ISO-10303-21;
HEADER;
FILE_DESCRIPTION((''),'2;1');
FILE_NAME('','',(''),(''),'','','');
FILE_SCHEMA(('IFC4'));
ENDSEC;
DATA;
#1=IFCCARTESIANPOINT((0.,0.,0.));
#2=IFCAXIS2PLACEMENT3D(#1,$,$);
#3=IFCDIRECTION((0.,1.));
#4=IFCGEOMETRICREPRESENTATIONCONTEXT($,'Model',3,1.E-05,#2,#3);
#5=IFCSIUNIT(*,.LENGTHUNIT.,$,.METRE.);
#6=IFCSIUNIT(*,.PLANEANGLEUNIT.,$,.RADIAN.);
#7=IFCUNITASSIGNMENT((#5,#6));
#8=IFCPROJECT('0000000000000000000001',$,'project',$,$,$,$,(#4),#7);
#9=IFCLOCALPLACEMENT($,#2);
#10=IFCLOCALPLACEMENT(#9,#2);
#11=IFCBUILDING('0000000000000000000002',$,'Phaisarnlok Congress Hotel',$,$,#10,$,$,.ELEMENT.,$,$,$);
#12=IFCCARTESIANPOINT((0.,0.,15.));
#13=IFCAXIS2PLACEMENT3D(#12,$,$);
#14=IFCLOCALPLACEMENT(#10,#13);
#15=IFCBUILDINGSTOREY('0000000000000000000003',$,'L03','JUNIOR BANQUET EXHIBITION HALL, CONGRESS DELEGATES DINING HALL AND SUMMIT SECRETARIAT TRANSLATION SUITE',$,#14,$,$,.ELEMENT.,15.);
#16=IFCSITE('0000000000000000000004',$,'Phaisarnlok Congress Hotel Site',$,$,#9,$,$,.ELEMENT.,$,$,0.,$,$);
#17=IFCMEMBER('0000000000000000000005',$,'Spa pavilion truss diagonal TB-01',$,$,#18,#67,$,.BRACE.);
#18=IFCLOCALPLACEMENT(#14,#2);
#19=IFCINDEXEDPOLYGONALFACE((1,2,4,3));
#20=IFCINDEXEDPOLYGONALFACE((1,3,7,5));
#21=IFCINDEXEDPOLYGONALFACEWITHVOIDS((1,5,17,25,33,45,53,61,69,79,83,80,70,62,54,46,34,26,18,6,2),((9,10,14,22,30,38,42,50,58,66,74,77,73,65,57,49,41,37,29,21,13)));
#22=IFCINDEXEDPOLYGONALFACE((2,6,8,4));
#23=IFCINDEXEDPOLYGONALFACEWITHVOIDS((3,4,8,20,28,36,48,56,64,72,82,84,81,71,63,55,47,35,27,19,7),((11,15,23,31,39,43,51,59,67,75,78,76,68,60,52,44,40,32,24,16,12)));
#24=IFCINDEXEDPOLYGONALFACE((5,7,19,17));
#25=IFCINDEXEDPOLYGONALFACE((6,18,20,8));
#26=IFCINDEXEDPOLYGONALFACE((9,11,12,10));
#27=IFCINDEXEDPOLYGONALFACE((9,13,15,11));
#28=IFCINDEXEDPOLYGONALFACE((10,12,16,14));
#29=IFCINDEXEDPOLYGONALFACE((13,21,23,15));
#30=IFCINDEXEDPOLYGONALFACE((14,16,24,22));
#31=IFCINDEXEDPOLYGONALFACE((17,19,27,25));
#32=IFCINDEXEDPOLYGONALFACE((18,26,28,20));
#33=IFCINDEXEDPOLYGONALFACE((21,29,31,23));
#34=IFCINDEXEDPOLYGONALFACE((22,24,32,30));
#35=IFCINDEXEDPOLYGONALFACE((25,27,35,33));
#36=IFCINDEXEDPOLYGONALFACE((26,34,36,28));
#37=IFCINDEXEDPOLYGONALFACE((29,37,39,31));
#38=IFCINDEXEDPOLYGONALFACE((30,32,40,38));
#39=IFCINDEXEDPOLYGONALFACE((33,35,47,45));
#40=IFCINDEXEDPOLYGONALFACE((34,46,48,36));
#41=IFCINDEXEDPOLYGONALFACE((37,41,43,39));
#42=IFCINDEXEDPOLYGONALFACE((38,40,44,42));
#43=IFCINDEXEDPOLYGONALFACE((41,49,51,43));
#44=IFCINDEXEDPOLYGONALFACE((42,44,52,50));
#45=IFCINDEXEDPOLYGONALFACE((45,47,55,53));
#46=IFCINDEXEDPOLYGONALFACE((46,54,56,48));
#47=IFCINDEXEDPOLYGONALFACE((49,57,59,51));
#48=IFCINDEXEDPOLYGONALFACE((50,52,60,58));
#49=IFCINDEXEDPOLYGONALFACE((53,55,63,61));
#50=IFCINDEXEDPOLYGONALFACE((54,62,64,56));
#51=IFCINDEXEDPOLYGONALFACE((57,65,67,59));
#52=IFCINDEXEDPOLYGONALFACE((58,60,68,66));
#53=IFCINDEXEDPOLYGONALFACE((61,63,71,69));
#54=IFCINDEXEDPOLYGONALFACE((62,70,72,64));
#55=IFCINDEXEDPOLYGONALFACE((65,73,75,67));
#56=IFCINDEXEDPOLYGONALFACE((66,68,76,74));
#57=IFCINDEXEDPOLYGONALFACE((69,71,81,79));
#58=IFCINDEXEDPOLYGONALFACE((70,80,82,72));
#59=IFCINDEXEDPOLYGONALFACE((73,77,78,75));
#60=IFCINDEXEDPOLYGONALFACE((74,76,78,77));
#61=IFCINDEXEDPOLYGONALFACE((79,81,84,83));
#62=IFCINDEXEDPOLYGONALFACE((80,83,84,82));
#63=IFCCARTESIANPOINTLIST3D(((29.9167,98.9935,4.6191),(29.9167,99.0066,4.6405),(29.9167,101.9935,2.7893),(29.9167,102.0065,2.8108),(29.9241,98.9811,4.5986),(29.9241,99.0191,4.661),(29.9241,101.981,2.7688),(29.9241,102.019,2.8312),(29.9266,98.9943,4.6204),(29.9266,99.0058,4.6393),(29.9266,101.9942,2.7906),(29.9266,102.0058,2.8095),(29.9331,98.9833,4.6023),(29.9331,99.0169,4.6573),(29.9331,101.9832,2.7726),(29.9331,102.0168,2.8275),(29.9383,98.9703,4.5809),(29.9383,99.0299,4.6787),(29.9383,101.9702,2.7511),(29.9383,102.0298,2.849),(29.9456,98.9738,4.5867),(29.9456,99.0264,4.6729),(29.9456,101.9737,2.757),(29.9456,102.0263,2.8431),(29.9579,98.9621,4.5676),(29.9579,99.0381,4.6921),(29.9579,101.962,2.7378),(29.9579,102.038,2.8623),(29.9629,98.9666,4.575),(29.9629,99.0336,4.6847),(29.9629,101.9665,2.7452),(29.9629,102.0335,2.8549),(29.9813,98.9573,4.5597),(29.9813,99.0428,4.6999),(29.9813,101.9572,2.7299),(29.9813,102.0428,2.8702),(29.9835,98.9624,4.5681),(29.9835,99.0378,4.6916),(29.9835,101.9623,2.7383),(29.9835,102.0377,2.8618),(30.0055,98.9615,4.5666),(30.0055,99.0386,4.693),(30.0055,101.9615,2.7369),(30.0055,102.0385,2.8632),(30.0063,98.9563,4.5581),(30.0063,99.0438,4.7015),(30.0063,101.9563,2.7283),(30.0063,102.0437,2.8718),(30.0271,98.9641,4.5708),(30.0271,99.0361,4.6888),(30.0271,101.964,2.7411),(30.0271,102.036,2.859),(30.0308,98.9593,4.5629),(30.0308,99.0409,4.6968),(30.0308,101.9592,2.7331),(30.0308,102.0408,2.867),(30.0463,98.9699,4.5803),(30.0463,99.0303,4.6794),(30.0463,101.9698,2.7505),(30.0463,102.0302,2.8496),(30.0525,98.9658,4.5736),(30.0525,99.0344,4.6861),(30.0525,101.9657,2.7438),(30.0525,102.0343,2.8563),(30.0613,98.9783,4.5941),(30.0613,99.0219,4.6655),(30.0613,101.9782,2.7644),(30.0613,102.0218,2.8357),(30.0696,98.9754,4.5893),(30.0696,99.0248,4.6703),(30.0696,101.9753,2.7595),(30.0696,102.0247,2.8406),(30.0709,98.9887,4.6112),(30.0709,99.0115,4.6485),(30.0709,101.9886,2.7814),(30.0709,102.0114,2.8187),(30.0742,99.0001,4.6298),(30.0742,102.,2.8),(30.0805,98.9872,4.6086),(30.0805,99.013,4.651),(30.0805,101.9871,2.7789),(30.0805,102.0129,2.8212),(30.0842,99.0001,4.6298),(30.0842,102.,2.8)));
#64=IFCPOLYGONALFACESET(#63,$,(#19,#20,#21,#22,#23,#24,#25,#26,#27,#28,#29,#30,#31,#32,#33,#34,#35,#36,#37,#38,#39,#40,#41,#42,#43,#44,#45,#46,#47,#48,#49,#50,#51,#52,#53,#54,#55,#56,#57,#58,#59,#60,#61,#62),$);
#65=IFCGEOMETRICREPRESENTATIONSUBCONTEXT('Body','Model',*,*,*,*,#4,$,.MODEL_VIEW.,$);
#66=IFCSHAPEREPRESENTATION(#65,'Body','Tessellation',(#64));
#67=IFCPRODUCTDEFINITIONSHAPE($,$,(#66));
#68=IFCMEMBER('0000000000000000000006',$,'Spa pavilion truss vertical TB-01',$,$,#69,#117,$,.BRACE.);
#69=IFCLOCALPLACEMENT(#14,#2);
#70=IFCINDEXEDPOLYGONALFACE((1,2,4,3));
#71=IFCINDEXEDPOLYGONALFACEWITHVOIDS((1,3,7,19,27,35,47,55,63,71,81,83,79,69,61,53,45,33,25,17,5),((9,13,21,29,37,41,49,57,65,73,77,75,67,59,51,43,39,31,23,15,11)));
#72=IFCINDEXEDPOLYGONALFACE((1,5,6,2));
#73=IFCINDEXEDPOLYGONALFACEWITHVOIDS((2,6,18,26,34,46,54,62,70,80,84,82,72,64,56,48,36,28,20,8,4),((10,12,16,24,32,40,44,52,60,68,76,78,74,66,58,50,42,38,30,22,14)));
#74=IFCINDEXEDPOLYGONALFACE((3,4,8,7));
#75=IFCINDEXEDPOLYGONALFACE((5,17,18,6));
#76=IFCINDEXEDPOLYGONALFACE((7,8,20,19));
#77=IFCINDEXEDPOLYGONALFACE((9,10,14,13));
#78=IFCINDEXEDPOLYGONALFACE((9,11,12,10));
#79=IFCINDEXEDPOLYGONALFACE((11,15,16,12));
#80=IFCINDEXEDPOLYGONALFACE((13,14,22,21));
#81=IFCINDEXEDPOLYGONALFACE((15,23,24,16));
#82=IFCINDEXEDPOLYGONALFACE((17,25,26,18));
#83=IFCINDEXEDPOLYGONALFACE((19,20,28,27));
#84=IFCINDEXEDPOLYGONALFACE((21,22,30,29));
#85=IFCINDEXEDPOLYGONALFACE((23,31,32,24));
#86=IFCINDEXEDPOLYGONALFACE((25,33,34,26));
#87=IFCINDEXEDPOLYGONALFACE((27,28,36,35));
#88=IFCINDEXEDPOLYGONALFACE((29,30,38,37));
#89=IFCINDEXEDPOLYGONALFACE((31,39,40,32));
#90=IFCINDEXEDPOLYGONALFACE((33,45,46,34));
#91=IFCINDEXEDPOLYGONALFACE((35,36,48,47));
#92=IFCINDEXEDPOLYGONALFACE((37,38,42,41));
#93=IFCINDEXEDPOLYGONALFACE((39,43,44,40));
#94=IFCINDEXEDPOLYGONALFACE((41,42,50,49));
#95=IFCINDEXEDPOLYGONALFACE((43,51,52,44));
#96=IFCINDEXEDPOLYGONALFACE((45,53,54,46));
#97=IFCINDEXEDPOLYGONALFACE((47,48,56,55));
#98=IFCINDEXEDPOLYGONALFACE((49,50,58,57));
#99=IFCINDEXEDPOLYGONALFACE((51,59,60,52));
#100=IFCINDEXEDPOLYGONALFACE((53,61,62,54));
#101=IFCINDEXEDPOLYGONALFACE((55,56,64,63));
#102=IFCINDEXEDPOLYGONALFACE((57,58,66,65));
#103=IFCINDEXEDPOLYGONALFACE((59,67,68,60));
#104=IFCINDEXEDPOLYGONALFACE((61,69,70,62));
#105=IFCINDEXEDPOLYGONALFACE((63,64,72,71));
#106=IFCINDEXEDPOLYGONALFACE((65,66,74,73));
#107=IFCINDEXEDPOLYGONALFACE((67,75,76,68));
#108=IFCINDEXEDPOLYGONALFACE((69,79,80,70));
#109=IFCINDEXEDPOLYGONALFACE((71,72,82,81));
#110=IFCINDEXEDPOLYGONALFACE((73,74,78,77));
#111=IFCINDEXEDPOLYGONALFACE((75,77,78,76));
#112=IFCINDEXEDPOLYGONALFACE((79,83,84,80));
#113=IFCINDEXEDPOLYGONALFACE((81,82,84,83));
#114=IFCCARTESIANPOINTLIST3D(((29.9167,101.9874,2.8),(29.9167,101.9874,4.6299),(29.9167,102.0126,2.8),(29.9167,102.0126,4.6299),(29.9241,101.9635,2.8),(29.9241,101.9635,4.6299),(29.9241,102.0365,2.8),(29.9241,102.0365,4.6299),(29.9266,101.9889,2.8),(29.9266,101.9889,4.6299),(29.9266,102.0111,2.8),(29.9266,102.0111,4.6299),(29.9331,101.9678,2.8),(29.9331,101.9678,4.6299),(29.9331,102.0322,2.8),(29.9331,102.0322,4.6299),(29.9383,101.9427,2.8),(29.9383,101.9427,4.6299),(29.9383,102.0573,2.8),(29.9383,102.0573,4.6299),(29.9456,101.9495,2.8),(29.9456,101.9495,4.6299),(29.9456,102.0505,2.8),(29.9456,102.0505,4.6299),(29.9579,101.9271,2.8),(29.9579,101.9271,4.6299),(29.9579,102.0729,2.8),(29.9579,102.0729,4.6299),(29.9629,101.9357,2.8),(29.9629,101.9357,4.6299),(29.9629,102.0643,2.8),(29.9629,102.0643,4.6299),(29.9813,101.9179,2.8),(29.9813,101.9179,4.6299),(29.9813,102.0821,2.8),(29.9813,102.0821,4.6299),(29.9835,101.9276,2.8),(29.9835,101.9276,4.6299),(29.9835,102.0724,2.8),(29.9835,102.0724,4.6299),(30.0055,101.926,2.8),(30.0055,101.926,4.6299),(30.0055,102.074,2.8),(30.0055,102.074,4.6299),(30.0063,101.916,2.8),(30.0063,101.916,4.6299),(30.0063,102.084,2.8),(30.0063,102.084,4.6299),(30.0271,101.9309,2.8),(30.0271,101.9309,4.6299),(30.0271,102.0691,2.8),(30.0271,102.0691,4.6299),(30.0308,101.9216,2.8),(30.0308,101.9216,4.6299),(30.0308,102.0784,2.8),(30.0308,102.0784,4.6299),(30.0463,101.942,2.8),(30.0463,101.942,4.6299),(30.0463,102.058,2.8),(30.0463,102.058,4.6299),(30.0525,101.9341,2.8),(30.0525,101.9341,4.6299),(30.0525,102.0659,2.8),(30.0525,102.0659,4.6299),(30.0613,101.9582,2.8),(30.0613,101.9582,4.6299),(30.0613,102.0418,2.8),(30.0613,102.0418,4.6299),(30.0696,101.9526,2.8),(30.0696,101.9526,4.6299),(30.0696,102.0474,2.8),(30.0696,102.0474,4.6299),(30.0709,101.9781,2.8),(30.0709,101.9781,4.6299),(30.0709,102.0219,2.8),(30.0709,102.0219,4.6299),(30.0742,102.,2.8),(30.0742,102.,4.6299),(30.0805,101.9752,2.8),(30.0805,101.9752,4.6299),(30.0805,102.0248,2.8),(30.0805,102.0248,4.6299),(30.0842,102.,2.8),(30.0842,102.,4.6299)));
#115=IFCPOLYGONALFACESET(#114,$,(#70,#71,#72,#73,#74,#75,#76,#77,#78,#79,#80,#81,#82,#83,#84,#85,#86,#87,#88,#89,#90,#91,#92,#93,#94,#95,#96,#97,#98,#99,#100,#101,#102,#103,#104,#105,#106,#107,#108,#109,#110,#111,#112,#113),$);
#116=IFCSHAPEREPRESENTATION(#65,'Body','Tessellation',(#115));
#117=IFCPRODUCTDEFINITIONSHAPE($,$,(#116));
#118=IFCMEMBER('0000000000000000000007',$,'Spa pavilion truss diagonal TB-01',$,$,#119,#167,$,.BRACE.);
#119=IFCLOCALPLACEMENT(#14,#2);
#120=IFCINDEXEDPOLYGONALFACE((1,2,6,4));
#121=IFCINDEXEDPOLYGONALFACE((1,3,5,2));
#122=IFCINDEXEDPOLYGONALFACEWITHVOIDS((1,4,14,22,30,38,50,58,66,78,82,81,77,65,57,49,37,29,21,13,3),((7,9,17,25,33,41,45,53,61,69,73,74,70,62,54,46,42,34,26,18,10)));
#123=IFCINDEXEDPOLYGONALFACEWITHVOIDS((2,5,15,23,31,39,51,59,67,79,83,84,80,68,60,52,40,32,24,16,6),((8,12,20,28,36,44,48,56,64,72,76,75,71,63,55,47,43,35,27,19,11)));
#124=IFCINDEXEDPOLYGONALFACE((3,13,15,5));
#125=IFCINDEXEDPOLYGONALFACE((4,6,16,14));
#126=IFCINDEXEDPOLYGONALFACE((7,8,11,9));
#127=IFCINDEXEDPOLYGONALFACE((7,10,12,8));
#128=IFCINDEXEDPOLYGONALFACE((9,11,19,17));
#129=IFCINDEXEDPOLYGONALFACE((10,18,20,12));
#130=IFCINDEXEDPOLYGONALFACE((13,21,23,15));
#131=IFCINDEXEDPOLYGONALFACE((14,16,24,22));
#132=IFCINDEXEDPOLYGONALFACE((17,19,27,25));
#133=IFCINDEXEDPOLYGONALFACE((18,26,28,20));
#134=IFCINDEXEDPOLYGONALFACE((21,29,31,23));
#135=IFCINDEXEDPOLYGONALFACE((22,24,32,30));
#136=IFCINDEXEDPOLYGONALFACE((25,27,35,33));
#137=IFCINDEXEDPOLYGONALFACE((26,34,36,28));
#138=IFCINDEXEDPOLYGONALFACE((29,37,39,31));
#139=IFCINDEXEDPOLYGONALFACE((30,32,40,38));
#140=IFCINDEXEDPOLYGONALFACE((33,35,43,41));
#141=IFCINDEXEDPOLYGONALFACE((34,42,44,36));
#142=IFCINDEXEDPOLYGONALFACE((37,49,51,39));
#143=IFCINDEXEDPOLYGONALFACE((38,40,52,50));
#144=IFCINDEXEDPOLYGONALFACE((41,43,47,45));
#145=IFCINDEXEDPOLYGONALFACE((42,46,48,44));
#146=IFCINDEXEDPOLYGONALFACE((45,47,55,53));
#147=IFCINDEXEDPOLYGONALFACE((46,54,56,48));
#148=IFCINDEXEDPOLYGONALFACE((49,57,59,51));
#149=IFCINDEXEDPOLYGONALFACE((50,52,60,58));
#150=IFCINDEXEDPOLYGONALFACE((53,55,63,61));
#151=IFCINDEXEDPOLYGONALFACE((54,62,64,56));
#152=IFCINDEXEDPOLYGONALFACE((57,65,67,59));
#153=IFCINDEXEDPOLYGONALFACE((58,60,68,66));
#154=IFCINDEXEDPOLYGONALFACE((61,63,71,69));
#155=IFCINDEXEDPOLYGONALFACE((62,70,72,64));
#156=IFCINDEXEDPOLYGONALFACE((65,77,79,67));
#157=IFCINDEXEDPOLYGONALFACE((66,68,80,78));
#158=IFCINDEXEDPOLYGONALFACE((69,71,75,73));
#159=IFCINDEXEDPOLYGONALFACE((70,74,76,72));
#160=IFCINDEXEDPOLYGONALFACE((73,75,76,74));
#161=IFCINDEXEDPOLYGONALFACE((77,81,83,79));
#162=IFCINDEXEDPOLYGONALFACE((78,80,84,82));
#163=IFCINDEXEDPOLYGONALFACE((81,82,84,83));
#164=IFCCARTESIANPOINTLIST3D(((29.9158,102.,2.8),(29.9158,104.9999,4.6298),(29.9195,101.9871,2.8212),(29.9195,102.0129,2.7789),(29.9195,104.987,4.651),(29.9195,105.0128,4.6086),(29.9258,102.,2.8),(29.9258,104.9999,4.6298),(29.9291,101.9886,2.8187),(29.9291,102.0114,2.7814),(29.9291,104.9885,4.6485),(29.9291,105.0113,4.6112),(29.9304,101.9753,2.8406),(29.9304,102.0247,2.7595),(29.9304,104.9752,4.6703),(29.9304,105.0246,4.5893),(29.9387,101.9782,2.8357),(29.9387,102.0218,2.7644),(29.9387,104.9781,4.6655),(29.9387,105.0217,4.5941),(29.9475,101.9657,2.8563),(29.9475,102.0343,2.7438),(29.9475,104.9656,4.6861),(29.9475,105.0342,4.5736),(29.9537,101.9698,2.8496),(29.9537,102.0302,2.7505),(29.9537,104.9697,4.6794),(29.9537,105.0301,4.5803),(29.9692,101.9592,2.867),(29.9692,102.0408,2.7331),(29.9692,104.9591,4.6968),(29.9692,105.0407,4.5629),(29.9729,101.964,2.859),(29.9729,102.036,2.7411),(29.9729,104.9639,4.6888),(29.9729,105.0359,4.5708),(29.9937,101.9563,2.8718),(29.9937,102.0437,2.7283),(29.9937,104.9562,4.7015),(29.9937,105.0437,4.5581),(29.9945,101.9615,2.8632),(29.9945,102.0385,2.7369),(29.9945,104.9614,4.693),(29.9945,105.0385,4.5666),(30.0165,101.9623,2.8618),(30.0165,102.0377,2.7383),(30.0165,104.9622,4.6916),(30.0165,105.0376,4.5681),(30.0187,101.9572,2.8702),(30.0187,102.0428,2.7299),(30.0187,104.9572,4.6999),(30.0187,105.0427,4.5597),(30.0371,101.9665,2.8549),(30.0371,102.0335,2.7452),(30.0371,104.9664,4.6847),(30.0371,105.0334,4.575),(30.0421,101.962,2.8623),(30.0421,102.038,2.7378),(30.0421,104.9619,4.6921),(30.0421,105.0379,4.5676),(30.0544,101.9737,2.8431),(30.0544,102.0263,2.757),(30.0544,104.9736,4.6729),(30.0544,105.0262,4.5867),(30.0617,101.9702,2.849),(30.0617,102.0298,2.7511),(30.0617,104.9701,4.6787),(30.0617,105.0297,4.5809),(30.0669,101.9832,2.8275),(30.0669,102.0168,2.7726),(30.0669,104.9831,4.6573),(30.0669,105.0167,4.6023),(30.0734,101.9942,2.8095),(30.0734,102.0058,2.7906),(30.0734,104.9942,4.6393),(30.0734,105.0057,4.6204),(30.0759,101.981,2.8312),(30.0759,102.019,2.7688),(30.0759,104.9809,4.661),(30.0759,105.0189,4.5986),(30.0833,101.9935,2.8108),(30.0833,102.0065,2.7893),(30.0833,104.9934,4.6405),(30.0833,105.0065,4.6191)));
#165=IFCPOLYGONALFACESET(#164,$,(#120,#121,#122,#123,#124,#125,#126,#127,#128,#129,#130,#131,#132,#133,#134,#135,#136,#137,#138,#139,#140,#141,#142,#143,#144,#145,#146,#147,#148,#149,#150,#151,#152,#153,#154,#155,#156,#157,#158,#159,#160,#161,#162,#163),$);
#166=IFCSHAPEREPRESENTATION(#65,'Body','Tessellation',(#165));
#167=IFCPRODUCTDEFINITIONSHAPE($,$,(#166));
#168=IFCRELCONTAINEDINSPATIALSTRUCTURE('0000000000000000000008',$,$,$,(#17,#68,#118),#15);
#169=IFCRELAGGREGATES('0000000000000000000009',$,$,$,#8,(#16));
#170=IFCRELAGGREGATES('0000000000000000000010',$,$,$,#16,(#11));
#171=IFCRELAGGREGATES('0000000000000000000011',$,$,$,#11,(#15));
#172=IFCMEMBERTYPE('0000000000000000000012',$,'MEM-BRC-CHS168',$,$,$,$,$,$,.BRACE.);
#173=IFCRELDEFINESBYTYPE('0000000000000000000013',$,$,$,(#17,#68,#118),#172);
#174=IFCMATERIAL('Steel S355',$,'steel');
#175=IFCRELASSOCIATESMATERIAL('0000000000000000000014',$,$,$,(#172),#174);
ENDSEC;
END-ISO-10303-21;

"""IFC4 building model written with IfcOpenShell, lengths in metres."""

from ifc_helpers import new_model, si_unit, direction, frame, origin, origin_2d, place, context, subcontext, project, spatial, hollow_circle, extrude, material, material_profile, profile_set, type_object, element, save


model = new_model("IFC4")

# Units and contexts
model_context = context("Model", 3, precision=1e-05, world=origin(), true_north=direction((0.0, 1.0)))
body_context = subcontext(model_context, "Body", "Model", "MODEL_VIEW")
ifc_project = project(units=[si_unit("LENGTHUNIT", "METRE"), si_unit("PLANEANGLEUNIT", "RADIAN")], contexts=[model_context])

# Site, building, storey
site_placement = place(None, origin())
site = spatial("IfcSite", under=ifc_project, at=site_placement, Name="Phaisarnlok Congress Hotel Site", CompositionType="ELEMENT", RefElevation=0.0)
building_placement = place(site_placement, origin())
building = spatial("IfcBuilding", under=site, at=building_placement, Name="Phaisarnlok Congress Hotel", CompositionType="ELEMENT")
storey_placement = place(building_placement, frame((0.0, 0.0, 15.0)))
storey = spatial("IfcBuildingStorey", under=building, at=storey_placement, Name="L03", Description="JUNIOR BANQUET EXHIBITION HALL, CONGRESS DELEGATES DINING HALL AND SUMMIT SECRETARIAT TRANSLATION SUITE", CompositionType="ELEMENT", Elevation=15.0)

# Members
ifc_material = material(Name="Steel S355", Category="steel")
ifc_material_profile_1 = material_profile(ifc_material, hollow_circle(Radius=0.0842, WallThickness=0.01, at=origin_2d()), Name="CHS 168.3x10")
ifc_profile_set_1 = profile_set([ifc_material_profile_1], Name="Steel S355")
member_type_1 = type_object("IfcMemberType", Name="MEM-BRC-CHS168", PredefinedType="BRACE", material=ifc_profile_set_1)
for number, where, z_axis, x_axis, name in (
    (1, (30.0, 102.0, 2.8), (0.0, -0.853725, 0.520725), (1.0, 0.0, 0.0), "Spa pavilion truss diagonal TB-01"),
):
    element("IfcMember", number, at=place(storey_placement, frame(where, z_axis=z_axis, x_axis=x_axis)), inside=storey, type_object=member_type_1, Name=name, PredefinedType="BRACE", context=body_context, shape_type="SweptSolid", body=[
        extrude(hollow_circle(Radius=0.0842, WallThickness=0.01, at=origin_2d()), origin(), (0.0, 0.0, 1.0), 3.5139),
    ])
member_1_placement = place(storey_placement, frame((30.0, 102.0, 2.8), z_axis=(0.0, 0.0, 1.0), x_axis=(1.0, 0.0, 0.0)))
element("IfcMember", 2, at=member_1_placement, inside=storey, type_object=member_type_1, Name="Spa pavilion truss vertical TB-01", PredefinedType="BRACE", context=body_context, shape_type="SweptSolid", body=[
    extrude(hollow_circle(Radius=0.0842, WallThickness=0.01, at=origin_2d()), origin(), (0.0, 0.0, 1.0), 1.8298),
])
member_2_placement = place(storey_placement, frame((30.0, 102.0, 2.8), z_axis=(0.0, 0.853725, 0.520725), x_axis=(-1.0, 0.0, 0.0)))
element("IfcMember", 3, at=member_2_placement, inside=storey, type_object=member_type_1, Name="Spa pavilion truss diagonal TB-01", PredefinedType="BRACE", context=body_context, shape_type="SweptSolid", body=[
    extrude(hollow_circle(Radius=0.0842, WallThickness=0.01, at=origin_2d()), origin(), (0.0, 0.0, 1.0), 3.5139),
])

save(model, "model.ifc")
